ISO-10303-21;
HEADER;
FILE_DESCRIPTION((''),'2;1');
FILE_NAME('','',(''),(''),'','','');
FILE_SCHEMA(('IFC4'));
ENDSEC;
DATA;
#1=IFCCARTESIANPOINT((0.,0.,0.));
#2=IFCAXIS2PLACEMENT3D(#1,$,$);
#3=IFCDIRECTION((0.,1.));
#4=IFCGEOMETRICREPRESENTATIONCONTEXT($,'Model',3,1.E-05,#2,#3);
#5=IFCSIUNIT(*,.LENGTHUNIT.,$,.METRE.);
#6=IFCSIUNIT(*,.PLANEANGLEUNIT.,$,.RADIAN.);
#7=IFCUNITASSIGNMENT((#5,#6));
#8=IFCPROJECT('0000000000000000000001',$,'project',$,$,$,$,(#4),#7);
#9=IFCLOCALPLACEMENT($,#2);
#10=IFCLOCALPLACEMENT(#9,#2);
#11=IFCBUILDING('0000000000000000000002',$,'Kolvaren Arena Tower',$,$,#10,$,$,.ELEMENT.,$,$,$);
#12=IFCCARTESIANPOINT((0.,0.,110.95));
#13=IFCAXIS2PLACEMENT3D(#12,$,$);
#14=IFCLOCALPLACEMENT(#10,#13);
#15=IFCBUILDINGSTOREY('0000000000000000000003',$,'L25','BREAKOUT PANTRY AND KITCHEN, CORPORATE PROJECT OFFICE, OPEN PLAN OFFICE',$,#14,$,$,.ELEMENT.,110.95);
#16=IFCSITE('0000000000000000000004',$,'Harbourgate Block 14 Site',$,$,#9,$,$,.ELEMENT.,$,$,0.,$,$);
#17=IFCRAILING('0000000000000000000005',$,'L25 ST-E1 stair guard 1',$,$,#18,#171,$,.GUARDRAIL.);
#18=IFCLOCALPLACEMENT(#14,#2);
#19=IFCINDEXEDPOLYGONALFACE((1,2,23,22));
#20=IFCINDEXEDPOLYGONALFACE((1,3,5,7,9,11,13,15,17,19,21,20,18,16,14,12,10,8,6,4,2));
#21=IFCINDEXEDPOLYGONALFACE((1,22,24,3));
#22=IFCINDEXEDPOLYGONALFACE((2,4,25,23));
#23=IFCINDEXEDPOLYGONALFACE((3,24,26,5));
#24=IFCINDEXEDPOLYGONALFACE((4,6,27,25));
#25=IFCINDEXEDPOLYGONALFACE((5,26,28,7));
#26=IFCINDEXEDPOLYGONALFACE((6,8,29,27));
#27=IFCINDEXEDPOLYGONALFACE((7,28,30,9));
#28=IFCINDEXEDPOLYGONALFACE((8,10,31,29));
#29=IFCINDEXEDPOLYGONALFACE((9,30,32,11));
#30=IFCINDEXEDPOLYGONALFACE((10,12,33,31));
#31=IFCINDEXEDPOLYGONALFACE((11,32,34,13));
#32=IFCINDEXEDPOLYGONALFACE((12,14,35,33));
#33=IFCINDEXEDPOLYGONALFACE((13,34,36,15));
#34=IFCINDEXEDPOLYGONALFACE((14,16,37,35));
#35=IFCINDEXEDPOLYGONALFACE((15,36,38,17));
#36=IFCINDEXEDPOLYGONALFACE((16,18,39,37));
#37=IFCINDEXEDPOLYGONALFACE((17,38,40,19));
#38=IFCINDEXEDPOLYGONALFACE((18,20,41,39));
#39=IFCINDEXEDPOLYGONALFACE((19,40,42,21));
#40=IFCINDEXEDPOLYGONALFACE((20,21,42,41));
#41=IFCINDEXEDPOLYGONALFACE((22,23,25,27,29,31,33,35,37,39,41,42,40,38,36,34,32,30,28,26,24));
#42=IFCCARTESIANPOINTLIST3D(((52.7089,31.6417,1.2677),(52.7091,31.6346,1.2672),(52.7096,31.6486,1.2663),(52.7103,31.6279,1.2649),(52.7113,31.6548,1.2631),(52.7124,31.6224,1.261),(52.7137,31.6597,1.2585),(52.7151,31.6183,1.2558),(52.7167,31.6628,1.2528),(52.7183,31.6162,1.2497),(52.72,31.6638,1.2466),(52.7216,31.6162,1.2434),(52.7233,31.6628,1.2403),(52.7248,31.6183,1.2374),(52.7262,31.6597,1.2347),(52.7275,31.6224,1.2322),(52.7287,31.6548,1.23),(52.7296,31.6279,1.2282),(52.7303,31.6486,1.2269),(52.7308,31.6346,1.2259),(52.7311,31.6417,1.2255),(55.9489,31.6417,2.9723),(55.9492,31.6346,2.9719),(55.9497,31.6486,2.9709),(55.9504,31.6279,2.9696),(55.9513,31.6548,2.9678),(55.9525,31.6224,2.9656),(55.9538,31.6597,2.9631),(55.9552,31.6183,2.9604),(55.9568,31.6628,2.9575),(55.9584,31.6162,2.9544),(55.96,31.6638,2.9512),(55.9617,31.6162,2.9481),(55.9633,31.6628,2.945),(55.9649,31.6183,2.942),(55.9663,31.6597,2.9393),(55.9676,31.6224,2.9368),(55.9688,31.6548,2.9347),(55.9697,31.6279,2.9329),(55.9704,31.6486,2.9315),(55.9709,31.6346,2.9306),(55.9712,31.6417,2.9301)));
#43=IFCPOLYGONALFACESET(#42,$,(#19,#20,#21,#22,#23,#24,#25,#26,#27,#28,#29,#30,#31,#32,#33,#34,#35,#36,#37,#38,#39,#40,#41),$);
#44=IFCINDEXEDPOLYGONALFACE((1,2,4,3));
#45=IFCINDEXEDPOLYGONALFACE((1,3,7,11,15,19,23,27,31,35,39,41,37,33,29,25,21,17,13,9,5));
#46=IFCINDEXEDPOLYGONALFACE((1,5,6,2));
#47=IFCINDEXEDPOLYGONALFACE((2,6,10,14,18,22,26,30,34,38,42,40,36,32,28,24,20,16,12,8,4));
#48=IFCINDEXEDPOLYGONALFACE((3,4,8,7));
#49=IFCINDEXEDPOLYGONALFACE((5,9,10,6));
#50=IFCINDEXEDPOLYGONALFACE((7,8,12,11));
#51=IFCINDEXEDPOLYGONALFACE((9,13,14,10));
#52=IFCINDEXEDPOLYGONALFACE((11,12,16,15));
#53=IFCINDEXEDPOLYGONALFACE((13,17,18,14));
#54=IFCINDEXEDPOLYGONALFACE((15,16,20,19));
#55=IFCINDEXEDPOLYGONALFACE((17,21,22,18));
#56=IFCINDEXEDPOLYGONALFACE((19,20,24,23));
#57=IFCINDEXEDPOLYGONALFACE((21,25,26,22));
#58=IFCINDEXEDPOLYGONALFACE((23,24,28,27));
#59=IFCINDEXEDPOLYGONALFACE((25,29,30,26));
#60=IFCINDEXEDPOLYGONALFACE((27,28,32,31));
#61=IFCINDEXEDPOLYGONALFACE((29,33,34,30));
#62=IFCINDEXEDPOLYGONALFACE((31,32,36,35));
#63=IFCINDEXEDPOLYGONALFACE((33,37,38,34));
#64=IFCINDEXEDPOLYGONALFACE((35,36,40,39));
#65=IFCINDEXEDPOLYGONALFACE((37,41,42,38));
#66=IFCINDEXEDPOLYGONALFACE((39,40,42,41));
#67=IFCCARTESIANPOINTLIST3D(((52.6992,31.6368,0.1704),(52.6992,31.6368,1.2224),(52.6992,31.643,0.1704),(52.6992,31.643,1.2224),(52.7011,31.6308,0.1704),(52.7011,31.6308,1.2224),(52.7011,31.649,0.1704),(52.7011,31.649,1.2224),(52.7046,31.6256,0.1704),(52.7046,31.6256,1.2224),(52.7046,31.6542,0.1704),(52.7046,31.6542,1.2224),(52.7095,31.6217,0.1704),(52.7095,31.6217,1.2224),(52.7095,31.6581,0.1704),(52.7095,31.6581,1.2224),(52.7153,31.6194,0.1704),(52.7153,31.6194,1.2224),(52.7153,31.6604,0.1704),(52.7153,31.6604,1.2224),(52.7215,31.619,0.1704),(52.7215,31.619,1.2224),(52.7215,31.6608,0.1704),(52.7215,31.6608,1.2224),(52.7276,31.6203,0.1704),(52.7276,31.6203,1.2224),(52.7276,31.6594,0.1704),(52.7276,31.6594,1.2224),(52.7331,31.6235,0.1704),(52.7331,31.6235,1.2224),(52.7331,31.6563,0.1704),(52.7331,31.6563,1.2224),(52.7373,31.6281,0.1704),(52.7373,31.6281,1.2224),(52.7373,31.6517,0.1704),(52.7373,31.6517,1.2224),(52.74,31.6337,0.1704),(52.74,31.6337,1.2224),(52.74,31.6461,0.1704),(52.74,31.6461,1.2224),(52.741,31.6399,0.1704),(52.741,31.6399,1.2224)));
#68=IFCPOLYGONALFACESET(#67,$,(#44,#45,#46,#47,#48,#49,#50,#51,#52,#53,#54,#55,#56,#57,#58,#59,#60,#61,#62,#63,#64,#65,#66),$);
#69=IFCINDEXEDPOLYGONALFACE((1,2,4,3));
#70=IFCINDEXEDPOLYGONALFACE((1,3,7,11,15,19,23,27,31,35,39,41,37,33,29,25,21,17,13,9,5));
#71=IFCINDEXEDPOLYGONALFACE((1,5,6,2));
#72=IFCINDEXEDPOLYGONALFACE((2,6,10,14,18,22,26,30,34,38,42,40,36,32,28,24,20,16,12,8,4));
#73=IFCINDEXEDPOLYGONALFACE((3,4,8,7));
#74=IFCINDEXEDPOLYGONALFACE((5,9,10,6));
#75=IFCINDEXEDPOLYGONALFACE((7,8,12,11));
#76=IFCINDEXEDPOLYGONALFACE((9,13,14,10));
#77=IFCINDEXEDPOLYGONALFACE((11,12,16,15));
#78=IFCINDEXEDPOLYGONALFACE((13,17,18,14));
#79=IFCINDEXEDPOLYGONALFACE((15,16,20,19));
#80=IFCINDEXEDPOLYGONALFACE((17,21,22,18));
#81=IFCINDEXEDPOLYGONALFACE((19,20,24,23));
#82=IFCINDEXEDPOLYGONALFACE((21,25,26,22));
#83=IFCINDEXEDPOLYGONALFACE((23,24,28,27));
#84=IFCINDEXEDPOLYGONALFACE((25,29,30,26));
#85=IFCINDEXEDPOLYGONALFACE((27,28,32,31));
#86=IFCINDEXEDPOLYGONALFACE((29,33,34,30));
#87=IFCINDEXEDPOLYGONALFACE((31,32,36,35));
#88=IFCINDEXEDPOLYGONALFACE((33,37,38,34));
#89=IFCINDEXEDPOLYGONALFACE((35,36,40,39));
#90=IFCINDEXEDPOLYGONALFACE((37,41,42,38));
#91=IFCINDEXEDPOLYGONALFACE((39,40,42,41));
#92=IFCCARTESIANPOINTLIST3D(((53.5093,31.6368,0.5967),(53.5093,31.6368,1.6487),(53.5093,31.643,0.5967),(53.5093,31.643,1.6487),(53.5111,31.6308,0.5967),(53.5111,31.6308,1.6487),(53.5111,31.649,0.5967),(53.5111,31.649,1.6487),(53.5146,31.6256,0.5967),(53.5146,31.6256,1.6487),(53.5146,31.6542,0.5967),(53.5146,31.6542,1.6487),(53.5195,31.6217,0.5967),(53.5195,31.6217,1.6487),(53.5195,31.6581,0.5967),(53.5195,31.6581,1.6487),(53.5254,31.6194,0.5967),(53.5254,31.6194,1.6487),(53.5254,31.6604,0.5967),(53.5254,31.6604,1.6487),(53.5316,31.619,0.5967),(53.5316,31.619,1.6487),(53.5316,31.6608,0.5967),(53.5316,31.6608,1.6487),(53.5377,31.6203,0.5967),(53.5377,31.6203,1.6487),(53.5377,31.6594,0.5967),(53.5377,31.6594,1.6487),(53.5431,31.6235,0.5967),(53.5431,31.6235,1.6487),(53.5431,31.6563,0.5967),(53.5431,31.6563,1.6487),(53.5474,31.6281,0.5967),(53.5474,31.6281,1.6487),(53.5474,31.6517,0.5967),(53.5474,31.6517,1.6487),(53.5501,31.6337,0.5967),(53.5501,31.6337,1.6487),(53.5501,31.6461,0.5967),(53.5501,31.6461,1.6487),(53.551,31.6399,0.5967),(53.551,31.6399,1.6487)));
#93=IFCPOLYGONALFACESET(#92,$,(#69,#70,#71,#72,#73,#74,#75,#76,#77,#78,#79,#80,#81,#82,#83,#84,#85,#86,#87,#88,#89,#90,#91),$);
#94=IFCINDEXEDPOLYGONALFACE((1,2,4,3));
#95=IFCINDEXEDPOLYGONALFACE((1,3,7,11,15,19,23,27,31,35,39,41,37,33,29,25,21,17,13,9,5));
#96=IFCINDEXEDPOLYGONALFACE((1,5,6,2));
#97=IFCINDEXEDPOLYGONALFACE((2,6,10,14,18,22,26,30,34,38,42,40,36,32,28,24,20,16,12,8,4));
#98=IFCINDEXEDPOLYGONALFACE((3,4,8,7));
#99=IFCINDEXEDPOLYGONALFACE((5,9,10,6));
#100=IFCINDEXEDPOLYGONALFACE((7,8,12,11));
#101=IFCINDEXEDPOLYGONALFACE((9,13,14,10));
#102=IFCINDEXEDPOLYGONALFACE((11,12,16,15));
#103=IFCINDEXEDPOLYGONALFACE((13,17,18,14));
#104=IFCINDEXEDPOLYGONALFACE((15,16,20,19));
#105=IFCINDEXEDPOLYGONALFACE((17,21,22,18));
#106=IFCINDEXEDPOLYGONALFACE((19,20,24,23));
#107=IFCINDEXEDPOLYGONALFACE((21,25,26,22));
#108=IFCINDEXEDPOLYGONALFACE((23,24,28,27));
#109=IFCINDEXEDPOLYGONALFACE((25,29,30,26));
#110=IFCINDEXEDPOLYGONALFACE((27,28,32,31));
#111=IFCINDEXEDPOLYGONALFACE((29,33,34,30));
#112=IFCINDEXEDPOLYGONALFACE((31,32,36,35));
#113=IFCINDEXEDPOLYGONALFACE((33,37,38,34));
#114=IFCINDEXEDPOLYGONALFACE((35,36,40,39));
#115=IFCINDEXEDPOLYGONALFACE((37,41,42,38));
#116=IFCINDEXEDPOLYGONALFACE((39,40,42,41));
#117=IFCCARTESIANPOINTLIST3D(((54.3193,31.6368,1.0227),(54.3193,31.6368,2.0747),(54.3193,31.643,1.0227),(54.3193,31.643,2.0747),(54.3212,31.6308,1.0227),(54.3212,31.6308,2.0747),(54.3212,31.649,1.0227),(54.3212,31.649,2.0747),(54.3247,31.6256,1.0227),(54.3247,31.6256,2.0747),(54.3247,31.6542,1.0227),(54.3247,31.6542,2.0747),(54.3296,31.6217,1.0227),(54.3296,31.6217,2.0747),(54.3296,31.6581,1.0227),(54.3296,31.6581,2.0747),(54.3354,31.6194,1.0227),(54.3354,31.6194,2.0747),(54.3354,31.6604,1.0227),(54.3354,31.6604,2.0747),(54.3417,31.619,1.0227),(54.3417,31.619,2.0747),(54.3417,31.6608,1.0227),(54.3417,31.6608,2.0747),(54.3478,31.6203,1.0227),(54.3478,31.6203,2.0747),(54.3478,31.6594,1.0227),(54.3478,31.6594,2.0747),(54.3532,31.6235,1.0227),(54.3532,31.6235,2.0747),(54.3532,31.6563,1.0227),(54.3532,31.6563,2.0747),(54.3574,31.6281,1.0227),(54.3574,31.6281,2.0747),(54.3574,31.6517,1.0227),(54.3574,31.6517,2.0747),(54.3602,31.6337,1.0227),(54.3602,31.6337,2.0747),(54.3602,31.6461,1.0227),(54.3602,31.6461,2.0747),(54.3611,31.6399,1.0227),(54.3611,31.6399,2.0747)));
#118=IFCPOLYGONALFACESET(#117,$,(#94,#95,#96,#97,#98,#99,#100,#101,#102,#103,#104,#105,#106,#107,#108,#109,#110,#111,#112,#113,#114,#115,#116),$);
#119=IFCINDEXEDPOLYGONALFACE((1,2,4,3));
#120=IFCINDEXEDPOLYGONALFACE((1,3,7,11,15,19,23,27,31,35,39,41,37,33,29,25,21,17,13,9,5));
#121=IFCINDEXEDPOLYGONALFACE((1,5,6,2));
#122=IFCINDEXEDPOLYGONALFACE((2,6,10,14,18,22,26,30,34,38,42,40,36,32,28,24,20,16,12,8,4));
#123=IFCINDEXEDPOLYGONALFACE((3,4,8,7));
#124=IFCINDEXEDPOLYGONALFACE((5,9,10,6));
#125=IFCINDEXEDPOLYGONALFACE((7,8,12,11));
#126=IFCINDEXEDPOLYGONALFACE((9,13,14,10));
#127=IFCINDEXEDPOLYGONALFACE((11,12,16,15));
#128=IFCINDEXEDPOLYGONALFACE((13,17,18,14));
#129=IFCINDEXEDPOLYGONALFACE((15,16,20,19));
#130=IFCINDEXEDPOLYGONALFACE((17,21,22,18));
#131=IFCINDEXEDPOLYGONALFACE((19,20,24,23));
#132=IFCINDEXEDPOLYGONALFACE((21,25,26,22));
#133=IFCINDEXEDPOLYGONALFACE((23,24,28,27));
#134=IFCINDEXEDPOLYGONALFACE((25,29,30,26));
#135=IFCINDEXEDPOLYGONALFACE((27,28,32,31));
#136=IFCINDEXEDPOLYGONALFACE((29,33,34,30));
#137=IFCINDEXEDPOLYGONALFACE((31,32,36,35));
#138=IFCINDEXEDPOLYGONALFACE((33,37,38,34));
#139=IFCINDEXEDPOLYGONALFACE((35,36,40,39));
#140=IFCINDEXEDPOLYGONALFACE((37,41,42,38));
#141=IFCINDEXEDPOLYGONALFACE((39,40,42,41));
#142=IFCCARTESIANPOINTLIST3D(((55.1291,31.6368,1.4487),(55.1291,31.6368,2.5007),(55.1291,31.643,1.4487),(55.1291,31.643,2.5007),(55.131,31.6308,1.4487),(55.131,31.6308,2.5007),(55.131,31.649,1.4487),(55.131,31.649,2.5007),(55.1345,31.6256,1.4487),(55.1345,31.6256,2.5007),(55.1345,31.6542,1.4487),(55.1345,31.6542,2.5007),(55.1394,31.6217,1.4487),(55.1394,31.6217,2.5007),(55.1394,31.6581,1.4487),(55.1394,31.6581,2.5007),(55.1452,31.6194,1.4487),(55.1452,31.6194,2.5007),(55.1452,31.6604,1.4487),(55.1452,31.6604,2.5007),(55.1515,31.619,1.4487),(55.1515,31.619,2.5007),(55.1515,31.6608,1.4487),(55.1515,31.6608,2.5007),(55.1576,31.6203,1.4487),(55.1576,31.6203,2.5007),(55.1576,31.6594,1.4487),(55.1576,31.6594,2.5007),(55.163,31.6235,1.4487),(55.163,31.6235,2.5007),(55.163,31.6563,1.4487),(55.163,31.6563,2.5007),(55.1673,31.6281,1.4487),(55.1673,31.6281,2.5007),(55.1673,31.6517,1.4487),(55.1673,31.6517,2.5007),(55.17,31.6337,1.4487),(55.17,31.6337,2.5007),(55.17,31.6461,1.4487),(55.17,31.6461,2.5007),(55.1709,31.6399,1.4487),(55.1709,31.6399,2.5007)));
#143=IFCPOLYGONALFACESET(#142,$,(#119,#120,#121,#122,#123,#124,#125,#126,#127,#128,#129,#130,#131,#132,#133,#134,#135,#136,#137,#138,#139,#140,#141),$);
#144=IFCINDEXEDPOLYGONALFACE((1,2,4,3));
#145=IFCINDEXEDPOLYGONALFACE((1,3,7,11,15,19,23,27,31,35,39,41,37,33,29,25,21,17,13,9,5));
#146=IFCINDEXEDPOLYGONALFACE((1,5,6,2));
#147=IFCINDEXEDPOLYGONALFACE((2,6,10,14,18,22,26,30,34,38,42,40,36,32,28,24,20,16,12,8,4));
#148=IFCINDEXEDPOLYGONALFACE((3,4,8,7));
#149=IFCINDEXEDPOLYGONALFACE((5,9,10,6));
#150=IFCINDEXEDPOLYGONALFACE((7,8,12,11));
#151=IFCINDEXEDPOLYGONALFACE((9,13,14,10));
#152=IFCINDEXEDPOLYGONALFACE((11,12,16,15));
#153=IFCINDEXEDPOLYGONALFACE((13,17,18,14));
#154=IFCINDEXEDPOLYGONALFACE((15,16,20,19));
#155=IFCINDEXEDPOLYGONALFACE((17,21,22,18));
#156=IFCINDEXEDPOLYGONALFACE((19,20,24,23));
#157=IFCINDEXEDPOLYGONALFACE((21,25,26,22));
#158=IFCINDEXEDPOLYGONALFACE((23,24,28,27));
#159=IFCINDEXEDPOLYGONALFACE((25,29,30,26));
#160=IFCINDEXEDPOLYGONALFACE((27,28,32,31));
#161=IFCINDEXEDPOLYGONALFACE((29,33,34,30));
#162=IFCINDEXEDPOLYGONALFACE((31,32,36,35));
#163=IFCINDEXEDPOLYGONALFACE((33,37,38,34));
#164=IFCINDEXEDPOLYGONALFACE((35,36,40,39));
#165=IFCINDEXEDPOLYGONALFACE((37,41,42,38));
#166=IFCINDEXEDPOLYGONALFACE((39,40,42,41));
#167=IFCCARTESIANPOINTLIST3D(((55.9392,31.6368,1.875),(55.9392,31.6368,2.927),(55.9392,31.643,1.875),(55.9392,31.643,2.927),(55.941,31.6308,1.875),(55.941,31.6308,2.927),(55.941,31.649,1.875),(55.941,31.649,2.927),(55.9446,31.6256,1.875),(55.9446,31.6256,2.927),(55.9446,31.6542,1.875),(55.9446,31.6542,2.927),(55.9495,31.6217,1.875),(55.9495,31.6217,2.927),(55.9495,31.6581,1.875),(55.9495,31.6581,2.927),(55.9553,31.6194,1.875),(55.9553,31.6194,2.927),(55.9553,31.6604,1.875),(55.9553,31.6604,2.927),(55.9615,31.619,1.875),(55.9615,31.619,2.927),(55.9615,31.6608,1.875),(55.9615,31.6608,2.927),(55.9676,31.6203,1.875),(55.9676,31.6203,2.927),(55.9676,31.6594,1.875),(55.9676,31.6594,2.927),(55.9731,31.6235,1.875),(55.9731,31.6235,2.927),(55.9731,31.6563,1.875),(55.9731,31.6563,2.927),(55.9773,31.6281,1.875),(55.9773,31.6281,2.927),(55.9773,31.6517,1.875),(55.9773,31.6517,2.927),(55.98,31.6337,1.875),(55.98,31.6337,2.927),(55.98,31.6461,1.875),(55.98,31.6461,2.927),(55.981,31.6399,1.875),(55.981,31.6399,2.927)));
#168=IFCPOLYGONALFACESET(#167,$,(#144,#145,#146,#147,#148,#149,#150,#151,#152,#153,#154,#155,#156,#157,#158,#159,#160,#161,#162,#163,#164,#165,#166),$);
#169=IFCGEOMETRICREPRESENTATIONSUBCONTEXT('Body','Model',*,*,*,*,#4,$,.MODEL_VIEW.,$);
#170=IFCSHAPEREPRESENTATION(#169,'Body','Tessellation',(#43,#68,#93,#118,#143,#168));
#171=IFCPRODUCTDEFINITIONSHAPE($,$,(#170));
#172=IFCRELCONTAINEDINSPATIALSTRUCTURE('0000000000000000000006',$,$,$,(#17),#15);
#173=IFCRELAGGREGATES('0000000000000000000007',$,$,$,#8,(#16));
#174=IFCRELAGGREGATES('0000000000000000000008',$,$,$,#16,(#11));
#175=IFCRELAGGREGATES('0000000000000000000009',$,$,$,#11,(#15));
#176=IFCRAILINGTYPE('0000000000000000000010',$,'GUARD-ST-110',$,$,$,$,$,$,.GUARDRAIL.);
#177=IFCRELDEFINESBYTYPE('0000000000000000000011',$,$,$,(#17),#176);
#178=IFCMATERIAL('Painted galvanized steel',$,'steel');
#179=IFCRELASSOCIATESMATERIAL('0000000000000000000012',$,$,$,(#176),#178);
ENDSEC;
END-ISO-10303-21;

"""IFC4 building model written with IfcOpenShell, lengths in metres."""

from ifc_helpers import new_model, si_unit, direction, frame, origin, origin_2d, place, context, subcontext, project, spatial, circle, extrude, material, type_object, element, save


model = new_model("IFC4")

# Units and contexts
model_context = context("Model", 3, precision=1e-05, world=origin(), true_north=direction((0.0, 1.0)))
body_context = subcontext(model_context, "Body", "Model", "MODEL_VIEW")
ifc_project = project(units=[si_unit("LENGTHUNIT", "METRE"), si_unit("PLANEANGLEUNIT", "RADIAN")], contexts=[model_context])

# Site, building, storey
site_placement = place(None, origin())
site = spatial("IfcSite", under=ifc_project, at=site_placement, Name="Harbourgate Block 14 Site", CompositionType="ELEMENT", RefElevation=0.0)
building_placement = place(site_placement, origin())
building = spatial("IfcBuilding", under=site, at=building_placement, Name="Kolvaren Arena Tower", CompositionType="ELEMENT")
storey_placement = place(building_placement, frame((0.0, 0.0, 110.95)))
storey = spatial("IfcBuildingStorey", under=building, at=storey_placement, Name="L25", Description="BREAKOUT PANTRY AND KITCHEN, CORPORATE PROJECT OFFICE, OPEN PLAN OFFICE", CompositionType="ELEMENT", Elevation=110.95)

# Railing
ifc_material_1 = material(Name="Painted galvanized steel", Category="steel")
railing_type_1 = type_object("IfcRailingType", Name="GUARD-ST-110", PredefinedType="GUARDRAIL", material=ifc_material_1)
railing_1_placement = place(storey_placement, frame((52.72, 31.6399, 0.1704)))
element("IfcRailing", 1, at=railing_1_placement, inside=storey, type_object=railing_type_1, Name="L25 ST-E1 stair guard 1", PredefinedType="GUARDRAIL", context=body_context, shape_type="SweptSolid", body=[
    extrude(circle(Radius=0.0239, at=origin_2d()), frame((0.0, 0.0, 1.0762), z_axis=(0.884993, 0.0, 0.465604), x_axis=(0.0, 1.0, 0.0)), (0.0, 0.0, 1.0), 3.6611),
    extrude(circle(Radius=0.021, at=origin_2d()), origin(), (0.0, 0.0, 1.0), 1.052),
    extrude(circle(Radius=0.021, at=origin_2d()), frame((0.8101, 0.0, 0.4263)), (0.0, 0.0, 1.0), 1.052),
    extrude(circle(Radius=0.021, at=origin_2d()), frame((1.6201, 0.0, 0.8523)), (0.0, 0.0, 1.0), 1.052),
    extrude(circle(Radius=0.021, at=origin_2d()), frame((2.4299, 0.0, 1.2783)), (0.0, 0.0, 1.0), 1.052),
    extrude(circle(Radius=0.021, at=origin_2d()), frame((3.24, 0.0, 1.7046)), (0.0, 0.0, 1.0), 1.052),
])

save(model, "model.ifc")
